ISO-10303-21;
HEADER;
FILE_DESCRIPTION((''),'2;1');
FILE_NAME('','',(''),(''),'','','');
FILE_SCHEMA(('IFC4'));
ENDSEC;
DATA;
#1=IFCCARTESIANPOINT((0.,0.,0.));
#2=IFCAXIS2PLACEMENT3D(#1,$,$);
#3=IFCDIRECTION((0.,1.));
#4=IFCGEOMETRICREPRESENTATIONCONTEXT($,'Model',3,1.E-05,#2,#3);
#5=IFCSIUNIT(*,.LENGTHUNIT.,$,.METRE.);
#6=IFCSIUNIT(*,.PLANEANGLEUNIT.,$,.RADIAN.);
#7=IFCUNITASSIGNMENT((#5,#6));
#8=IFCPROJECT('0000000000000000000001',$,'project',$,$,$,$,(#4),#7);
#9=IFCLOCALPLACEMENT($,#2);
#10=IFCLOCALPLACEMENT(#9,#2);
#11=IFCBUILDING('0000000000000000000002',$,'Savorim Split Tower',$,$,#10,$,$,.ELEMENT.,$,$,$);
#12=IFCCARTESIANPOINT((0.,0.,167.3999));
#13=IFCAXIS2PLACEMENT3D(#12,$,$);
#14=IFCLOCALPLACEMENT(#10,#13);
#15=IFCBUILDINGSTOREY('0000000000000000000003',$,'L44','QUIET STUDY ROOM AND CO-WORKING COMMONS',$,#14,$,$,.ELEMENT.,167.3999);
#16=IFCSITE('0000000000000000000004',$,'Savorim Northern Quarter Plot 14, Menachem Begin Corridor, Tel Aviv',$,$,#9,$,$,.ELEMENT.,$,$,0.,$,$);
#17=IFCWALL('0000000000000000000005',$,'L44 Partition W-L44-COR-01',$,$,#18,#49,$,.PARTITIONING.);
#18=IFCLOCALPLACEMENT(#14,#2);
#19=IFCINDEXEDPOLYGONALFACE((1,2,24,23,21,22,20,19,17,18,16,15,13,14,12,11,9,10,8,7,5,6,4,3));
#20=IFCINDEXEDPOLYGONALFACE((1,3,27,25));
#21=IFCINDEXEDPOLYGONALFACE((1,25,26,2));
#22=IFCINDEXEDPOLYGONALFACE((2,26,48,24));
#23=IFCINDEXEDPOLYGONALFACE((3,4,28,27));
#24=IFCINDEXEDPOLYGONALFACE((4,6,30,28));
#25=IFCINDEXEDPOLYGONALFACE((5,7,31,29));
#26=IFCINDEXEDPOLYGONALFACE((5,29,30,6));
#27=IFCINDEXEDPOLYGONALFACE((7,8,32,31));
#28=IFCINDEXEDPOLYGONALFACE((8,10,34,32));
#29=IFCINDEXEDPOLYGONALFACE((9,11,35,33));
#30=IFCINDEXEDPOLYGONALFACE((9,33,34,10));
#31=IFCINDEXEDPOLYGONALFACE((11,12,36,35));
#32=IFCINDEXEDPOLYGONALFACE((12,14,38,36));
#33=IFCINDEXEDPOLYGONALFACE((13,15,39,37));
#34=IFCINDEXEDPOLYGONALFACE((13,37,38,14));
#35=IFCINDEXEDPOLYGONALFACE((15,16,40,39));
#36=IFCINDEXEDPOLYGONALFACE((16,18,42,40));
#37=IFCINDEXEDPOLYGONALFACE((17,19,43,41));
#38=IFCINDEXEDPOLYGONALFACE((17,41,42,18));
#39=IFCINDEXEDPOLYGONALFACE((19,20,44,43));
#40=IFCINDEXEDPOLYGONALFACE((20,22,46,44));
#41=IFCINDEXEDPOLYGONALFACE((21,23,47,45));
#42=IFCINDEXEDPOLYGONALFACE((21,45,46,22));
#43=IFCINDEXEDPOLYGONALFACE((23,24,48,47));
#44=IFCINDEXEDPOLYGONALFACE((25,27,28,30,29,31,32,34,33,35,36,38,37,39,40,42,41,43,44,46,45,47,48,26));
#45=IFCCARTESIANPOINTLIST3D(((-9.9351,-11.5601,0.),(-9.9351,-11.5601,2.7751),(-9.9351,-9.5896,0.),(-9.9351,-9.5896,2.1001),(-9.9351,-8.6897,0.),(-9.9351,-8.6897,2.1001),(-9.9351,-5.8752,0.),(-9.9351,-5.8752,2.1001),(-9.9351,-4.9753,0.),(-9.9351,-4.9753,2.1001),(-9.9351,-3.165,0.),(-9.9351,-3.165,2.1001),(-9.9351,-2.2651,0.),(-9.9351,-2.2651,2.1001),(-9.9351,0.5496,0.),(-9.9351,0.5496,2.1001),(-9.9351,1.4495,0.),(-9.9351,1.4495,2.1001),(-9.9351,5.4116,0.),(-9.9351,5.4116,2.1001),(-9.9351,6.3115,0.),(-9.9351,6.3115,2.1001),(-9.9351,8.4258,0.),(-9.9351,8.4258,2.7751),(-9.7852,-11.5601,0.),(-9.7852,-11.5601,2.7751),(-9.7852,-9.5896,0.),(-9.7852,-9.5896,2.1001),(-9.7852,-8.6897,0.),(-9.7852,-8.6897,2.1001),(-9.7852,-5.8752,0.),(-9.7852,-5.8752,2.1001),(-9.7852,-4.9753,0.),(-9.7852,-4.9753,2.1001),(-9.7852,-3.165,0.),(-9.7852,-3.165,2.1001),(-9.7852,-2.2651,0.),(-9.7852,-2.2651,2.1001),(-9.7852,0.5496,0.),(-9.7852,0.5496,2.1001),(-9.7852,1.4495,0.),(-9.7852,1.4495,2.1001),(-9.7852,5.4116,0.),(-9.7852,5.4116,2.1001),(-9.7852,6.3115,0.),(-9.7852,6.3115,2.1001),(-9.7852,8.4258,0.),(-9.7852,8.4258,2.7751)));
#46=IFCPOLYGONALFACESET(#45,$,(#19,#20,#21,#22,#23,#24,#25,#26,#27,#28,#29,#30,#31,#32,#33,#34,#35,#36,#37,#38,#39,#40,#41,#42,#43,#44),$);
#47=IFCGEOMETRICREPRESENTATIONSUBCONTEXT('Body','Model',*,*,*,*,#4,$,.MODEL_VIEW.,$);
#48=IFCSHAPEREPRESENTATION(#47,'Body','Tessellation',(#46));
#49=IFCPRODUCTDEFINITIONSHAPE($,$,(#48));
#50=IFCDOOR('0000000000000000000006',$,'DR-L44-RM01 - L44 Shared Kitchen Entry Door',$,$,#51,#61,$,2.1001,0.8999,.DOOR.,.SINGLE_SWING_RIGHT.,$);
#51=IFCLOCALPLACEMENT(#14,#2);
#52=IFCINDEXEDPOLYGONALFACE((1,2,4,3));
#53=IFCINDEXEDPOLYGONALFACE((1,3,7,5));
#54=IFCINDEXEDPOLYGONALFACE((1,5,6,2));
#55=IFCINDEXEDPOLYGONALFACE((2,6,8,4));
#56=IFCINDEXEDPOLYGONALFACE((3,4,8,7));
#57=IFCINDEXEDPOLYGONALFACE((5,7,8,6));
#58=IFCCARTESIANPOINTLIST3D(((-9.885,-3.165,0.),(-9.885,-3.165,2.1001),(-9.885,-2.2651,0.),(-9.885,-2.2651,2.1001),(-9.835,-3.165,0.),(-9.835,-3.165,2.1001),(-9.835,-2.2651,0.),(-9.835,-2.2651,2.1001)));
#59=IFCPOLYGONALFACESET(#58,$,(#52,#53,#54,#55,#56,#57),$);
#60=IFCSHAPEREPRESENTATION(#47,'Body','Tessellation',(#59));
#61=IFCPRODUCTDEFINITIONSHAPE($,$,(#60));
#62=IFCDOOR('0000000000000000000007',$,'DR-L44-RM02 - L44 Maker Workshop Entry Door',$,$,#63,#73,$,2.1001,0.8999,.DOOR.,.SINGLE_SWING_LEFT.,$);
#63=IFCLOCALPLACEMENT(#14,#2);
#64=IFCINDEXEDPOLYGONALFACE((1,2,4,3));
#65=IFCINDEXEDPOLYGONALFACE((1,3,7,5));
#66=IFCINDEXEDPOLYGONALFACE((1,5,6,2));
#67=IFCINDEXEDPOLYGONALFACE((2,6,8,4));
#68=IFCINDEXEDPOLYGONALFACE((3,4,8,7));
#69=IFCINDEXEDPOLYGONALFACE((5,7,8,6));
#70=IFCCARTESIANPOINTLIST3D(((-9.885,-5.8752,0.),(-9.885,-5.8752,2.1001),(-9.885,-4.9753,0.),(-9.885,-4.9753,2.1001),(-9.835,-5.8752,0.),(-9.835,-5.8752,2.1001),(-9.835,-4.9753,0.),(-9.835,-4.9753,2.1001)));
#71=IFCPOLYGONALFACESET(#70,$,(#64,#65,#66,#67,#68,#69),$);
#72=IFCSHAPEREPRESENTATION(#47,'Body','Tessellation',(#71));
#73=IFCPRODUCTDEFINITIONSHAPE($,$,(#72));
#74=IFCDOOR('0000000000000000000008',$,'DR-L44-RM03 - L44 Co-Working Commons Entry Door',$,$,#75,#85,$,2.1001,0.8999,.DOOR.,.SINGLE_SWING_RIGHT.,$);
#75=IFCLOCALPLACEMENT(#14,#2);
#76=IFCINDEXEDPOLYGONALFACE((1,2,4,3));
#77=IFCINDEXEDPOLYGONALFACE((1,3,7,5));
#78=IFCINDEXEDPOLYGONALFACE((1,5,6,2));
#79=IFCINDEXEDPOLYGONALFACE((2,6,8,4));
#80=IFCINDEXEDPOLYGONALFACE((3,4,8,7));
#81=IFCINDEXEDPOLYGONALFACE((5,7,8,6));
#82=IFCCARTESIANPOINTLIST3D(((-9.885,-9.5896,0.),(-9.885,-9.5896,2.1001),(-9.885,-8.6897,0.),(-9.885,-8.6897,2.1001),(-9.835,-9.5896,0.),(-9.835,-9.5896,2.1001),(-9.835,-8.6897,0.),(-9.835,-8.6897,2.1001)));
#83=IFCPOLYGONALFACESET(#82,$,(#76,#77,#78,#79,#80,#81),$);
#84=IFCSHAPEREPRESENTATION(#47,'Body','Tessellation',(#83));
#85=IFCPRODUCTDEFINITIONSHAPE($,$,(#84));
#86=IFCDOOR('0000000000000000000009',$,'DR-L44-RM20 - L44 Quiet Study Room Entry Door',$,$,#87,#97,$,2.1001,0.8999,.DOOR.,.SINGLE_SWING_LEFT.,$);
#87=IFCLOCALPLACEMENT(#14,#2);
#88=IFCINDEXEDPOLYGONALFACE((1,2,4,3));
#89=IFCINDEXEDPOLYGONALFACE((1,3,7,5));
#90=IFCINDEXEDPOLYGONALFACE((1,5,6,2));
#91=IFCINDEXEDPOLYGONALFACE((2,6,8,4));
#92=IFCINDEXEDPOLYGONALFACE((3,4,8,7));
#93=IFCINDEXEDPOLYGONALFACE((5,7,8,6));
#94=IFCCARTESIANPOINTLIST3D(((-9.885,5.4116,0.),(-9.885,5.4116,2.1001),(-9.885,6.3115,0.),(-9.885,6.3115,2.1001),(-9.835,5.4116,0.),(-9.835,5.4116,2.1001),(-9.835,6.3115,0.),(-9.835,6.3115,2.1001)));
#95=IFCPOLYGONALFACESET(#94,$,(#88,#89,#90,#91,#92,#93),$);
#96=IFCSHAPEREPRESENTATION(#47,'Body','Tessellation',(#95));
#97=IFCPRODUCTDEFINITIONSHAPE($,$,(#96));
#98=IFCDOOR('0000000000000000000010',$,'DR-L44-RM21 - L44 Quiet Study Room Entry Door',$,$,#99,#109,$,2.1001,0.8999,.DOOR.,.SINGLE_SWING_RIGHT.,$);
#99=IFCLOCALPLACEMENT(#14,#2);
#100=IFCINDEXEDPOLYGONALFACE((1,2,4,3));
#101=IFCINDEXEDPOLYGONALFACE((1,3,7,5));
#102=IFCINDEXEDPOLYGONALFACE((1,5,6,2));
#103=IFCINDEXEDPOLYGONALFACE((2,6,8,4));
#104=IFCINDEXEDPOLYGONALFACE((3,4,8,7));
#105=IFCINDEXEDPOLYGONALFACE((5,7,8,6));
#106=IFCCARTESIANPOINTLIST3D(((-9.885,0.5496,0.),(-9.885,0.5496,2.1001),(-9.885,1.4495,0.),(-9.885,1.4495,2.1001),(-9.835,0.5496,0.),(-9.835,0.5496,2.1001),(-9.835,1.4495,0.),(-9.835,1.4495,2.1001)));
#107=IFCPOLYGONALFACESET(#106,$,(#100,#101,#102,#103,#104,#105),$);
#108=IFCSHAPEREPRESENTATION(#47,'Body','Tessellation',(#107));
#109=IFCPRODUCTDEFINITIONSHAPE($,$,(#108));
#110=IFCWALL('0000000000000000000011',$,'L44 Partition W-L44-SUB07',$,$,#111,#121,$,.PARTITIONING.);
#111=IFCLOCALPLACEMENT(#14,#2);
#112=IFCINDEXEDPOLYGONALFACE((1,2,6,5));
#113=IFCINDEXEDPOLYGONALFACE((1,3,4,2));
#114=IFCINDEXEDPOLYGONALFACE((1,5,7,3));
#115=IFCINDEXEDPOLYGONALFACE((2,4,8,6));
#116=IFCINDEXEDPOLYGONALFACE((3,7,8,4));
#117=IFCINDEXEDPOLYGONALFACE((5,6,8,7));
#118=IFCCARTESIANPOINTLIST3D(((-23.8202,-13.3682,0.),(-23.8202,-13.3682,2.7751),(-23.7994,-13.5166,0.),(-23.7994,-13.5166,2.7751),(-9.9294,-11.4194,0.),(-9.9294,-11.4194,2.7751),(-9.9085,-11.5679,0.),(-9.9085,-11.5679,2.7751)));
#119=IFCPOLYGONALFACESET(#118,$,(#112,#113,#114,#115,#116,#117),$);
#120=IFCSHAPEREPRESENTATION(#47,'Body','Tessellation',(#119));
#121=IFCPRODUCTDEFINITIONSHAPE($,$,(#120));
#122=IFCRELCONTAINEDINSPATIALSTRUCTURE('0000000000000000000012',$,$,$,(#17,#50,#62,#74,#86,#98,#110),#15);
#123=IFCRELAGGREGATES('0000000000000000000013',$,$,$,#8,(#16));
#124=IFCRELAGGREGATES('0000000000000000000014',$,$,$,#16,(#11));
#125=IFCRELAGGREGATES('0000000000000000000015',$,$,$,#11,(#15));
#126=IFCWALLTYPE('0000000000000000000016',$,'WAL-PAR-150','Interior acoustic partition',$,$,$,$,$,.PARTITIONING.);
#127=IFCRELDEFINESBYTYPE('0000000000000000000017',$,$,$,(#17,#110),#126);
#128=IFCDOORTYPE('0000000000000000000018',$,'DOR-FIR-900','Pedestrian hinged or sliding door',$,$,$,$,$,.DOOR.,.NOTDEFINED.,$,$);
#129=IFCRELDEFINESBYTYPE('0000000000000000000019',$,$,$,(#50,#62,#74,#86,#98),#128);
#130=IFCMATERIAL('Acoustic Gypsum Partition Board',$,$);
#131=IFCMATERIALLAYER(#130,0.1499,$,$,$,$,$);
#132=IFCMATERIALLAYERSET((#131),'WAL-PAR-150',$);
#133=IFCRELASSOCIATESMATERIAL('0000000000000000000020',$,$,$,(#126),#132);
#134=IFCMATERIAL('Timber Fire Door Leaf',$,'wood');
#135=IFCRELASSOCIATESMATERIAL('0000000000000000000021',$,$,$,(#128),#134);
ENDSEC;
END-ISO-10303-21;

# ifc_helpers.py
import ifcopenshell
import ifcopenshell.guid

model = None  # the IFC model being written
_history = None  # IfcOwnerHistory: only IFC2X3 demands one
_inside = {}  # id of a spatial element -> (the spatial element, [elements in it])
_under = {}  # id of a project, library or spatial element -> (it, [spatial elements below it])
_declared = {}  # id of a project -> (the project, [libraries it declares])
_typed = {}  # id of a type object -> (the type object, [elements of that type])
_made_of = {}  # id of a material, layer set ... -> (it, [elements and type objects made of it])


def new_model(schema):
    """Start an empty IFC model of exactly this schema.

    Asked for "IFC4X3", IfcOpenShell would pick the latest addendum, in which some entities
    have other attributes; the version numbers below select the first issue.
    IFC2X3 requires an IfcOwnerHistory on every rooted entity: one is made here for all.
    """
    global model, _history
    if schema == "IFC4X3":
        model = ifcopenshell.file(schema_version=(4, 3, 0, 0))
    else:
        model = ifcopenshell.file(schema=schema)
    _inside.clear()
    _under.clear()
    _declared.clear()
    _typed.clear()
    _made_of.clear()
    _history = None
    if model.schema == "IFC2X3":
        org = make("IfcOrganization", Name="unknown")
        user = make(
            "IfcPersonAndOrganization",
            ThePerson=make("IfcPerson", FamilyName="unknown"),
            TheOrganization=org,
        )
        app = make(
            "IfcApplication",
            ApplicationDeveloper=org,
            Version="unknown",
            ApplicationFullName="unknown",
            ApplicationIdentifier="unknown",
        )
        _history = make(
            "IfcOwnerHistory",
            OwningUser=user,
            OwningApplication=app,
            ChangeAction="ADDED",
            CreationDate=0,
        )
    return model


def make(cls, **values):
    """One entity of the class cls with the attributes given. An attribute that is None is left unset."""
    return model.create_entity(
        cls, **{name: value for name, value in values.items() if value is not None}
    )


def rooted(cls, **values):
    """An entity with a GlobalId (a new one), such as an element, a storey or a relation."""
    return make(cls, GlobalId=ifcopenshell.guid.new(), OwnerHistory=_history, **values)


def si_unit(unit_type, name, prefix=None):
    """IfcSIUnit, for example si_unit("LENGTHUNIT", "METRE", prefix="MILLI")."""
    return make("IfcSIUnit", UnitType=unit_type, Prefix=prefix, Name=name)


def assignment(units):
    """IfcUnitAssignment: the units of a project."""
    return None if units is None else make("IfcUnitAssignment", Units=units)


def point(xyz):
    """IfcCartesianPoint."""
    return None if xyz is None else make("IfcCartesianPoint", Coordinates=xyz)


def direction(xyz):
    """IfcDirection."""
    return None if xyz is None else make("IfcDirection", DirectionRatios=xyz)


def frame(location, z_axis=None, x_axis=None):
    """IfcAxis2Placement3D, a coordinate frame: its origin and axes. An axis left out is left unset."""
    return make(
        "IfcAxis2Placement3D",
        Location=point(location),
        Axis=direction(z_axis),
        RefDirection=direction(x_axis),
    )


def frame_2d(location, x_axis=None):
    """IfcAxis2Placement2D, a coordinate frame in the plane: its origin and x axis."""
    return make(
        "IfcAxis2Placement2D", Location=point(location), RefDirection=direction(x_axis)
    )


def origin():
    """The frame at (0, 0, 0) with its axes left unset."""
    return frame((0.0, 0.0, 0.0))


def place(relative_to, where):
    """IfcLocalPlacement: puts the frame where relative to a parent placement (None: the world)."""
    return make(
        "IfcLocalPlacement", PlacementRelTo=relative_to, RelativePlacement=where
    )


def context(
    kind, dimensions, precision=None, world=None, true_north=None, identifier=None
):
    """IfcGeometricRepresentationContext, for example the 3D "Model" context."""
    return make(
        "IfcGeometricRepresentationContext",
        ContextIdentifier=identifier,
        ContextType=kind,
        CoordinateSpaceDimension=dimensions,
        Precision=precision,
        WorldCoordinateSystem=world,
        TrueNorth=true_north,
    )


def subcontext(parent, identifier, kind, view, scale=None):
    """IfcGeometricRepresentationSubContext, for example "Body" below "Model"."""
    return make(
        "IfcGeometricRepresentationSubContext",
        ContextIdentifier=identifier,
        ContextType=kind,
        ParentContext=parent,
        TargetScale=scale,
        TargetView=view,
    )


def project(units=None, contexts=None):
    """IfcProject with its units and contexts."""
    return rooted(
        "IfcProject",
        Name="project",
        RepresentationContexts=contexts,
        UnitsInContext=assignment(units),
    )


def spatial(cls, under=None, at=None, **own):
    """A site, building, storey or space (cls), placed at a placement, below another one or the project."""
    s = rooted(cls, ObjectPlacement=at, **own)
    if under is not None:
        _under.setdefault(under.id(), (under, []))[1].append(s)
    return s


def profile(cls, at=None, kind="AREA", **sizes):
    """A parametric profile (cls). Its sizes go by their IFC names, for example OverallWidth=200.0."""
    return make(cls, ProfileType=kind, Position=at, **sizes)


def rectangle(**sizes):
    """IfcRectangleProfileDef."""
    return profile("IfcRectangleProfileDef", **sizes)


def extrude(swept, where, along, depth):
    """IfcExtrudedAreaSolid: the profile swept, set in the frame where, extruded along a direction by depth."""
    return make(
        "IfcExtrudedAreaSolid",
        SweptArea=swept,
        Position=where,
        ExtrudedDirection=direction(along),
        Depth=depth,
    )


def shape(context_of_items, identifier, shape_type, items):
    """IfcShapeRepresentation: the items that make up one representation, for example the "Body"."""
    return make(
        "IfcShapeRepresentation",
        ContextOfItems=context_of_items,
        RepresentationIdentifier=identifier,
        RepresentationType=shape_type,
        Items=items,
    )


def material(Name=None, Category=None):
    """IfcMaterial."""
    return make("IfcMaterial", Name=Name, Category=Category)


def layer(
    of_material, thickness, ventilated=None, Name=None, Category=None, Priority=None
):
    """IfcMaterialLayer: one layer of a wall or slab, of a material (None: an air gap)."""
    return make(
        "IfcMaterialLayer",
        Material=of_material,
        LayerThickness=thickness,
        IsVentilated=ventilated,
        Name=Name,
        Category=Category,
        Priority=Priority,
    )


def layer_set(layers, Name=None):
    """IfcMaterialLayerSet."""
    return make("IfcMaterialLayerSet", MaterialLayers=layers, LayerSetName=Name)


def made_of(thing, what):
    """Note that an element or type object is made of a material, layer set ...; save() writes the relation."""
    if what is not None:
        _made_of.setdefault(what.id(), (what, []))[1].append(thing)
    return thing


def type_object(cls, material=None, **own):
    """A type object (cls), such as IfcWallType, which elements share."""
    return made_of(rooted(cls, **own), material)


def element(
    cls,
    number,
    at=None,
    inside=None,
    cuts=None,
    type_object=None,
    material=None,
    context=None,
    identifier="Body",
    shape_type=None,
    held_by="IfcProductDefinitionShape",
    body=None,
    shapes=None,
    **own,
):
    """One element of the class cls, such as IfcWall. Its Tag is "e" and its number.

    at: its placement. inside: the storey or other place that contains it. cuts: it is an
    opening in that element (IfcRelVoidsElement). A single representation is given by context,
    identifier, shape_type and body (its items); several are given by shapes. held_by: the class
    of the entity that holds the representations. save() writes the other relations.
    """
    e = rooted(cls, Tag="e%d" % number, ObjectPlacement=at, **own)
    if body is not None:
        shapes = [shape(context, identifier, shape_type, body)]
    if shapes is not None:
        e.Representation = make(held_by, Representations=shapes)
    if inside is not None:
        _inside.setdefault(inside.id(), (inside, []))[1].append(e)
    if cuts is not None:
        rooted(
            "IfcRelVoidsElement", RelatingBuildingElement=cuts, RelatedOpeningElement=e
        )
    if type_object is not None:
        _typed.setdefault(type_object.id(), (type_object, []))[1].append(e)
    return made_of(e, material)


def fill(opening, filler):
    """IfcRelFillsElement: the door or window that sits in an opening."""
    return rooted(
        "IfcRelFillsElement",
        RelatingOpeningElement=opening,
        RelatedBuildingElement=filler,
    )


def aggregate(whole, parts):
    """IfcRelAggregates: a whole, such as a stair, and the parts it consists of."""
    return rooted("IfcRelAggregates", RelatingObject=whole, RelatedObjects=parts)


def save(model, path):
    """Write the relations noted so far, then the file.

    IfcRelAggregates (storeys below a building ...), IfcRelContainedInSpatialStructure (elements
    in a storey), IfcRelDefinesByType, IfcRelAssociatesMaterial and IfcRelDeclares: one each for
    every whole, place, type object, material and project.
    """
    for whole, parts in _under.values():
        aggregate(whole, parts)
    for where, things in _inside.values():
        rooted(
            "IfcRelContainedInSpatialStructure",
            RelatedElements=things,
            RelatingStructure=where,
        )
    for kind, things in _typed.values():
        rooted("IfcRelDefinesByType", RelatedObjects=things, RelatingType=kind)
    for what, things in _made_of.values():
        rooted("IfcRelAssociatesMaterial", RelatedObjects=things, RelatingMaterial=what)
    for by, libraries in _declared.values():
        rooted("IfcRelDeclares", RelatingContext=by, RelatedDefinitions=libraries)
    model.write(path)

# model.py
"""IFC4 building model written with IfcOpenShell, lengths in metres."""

from ifc_helpers import new_model, si_unit, direction, frame, frame_2d, origin, place, context, subcontext, project, spatial, rectangle, extrude, material, layer, layer_set, type_object, element, fill, save


model = new_model("IFC4")

# Units and contexts
model_context = context("Model", 3, precision=1e-05, world=origin(), true_north=direction((0.0, 1.0)))
body_context = subcontext(model_context, "Body", "Model", "MODEL_VIEW")
ifc_project = project(units=[si_unit("LENGTHUNIT", "METRE"), si_unit("PLANEANGLEUNIT", "RADIAN")], contexts=[model_context])

# Site, building, storey
site_placement = place(None, origin())
site = spatial("IfcSite", under=ifc_project, at=site_placement, Name="Savorim Northern Quarter Plot 14, Menachem Begin Corridor, Tel Aviv", CompositionType="ELEMENT", RefElevation=0.0)
building_placement = place(site_placement, origin())
building = spatial("IfcBuilding", under=site, at=building_placement, Name="Savorim Split Tower", CompositionType="ELEMENT")
storey_placement = place(building_placement, frame((0.0, 0.0, 167.3999)))
storey = spatial("IfcBuildingStorey", under=building, at=storey_placement, Name="L44", Description="QUIET STUDY ROOM AND CO-WORKING COMMONS", CompositionType="ELEMENT", Elevation=167.3999)

# Shared definitions
ifc_material_1 = material(Name="Timber Fire Door Leaf", Category="wood")

# Shared definitions
ifc_material_2 = material(Name="Acoustic Gypsum Partition Board")
ifc_layer_1 = layer(ifc_material_2, 0.1499)
ifc_layer_set_1 = layer_set([ifc_layer_1], Name="WAL-PAR-150")
wall_type_1 = type_object("IfcWallType", Name="WAL-PAR-150", Description="Interior acoustic partition", PredefinedType="PARTITIONING", material=ifc_layer_set_1)

# Wall, openings, doors
wall_1_placement = place(storey_placement, frame((-9.8601, -11.5601, 0.0), z_axis=(0.0, 0.0, 1.0), x_axis=(0.0, 1.0, 0.0)))
wall_1 = element("IfcWall", 1, at=wall_1_placement, inside=storey, type_object=wall_type_1, Name="L44 Partition W-L44-COR-01", PredefinedType="PARTITIONING", context=body_context, shape_type="SweptSolid", body=[
    extrude(rectangle(XDim=19.9858, YDim=0.1499, at=frame_2d((9.9929, 0.0))), origin(), (0.0, 0.0, 1.0), 2.7751),
])
opening_1_placement = place(wall_1_placement, frame((8.395, 0.0, 0.0)))
opening_1 = element("IfcOpeningElement", 2, at=opening_1_placement, cuts=wall_1, PredefinedType="OPENING", context=body_context, shape_type="SweptSolid", body=[
    extrude(rectangle(XDim=0.8999, YDim=2.1001, at=frame_2d((0.45, 1.05))), frame((0.0, 0.085, 0.0), z_axis=(0.0, -1.0, 0.0), x_axis=(1.0, 0.0, 0.0)), (0.0, 0.0, 1.0), 0.1699),
])
opening_2_placement = place(wall_1_placement, frame((5.6848, 0.0, 0.0)))
opening_2 = element("IfcOpeningElement", 3, at=opening_2_placement, cuts=wall_1, PredefinedType="OPENING", context=body_context, shape_type="SweptSolid", body=[
    extrude(rectangle(XDim=0.8999, YDim=2.1001, at=frame_2d((0.45, 1.05))), frame((0.0, 0.085, 0.0), z_axis=(0.0, -1.0, 0.0), x_axis=(1.0, 0.0, 0.0)), (0.0, 0.0, 1.0), 0.1699),
])
opening_3_placement = place(wall_1_placement, frame((1.9705, 0.0, 0.0)))
opening_3 = element("IfcOpeningElement", 4, at=opening_3_placement, cuts=wall_1, PredefinedType="OPENING", context=body_context, shape_type="SweptSolid", body=[
    extrude(rectangle(XDim=0.8999, YDim=2.1001, at=frame_2d((0.45, 1.05))), frame((0.0, 0.085, 0.0), z_axis=(0.0, -1.0, 0.0), x_axis=(1.0, 0.0, 0.0)), (0.0, 0.0, 1.0), 0.1699),
])
opening_4_placement = place(wall_1_placement, frame((16.9717, 0.0, 0.0)))
opening_4 = element("IfcOpeningElement", 5, at=opening_4_placement, cuts=wall_1, PredefinedType="OPENING", context=body_context, shape_type="SweptSolid", body=[
    extrude(rectangle(XDim=0.8999, YDim=2.1001, at=frame_2d((0.45, 1.05))), frame((0.0, 0.085, 0.0), z_axis=(0.0, -1.0, 0.0), x_axis=(1.0, 0.0, 0.0)), (0.0, 0.0, 1.0), 0.1699),
])
opening_5_placement = place(wall_1_placement, frame((12.1096, 0.0, 0.0)))
opening_5 = element("IfcOpeningElement", 6, at=opening_5_placement, cuts=wall_1, PredefinedType="OPENING", context=body_context, shape_type="SweptSolid", body=[
    extrude(rectangle(XDim=0.8999, YDim=2.1001, at=frame_2d((0.45, 1.05))), frame((0.0, 0.085, 0.0), z_axis=(0.0, -1.0, 0.0), x_axis=(1.0, 0.0, 0.0)), (0.0, 0.0, 1.0), 0.1699),
])
door_type_1 = type_object("IfcDoorType", Name="DOR-FIR-900", Description="Pedestrian hinged or sliding door", OperationType="NOTDEFINED", PredefinedType="DOOR", material=ifc_material_1)
door_1_placement = place(opening_1_placement, origin())
door_1 = element("IfcDoor", 7, at=door_1_placement, inside=storey, type_object=door_type_1, Name="DR-L44-RM01 - L44 Shared Kitchen Entry Door", OperationType="SINGLE_SWING_RIGHT", OverallHeight=2.1001, OverallWidth=0.8999, PredefinedType="DOOR", context=body_context, shape_type="SweptSolid", body=[
    extrude(rectangle(XDim=0.8999, YDim=2.1001, at=frame_2d((0.45, 1.05))), frame((0.0, 0.0249, 0.0), z_axis=(0.0, -1.0, 0.0), x_axis=(1.0, 0.0, 0.0)), (0.0, 0.0, 1.0), 0.05),
])
fill(opening_1, door_1)
door_2_placement = place(opening_2_placement, origin())
door_2 = element("IfcDoor", 8, at=door_2_placement, inside=storey, type_object=door_type_1, Name="DR-L44-RM02 - L44 Maker Workshop Entry Door", OperationType="SINGLE_SWING_LEFT", OverallHeight=2.1001, OverallWidth=0.8999, PredefinedType="DOOR", context=body_context, shape_type="SweptSolid", body=[
    extrude(rectangle(XDim=0.8999, YDim=2.1001, at=frame_2d((0.45, 1.05))), frame((0.0, 0.0249, 0.0), z_axis=(0.0, -1.0, 0.0), x_axis=(1.0, 0.0, 0.0)), (0.0, 0.0, 1.0), 0.05),
])
fill(opening_2, door_2)
door_3_placement = place(opening_3_placement, origin())
door_3 = element("IfcDoor", 9, at=door_3_placement, inside=storey, type_object=door_type_1, Name="DR-L44-RM03 - L44 Co-Working Commons Entry Door", OperationType="SINGLE_SWING_RIGHT", OverallHeight=2.1001, OverallWidth=0.8999, PredefinedType="DOOR", context=body_context, shape_type="SweptSolid", body=[
    extrude(rectangle(XDim=0.8999, YDim=2.1001, at=frame_2d((0.45, 1.05))), frame((0.0, 0.0249, 0.0), z_axis=(0.0, -1.0, 0.0), x_axis=(1.0, 0.0, 0.0)), (0.0, 0.0, 1.0), 0.05),
])
fill(opening_3, door_3)
door_4_placement = place(opening_4_placement, origin())
door_4 = element("IfcDoor", 10, at=door_4_placement, inside=storey, type_object=door_type_1, Name="DR-L44-RM20 - L44 Quiet Study Room Entry Door", OperationType="SINGLE_SWING_LEFT", OverallHeight=2.1001, OverallWidth=0.8999, PredefinedType="DOOR", context=body_context, shape_type="SweptSolid", body=[
    extrude(rectangle(XDim=0.8999, YDim=2.1001, at=frame_2d((0.45, 1.05))), frame((0.0, 0.0249, 0.0), z_axis=(0.0, -1.0, 0.0), x_axis=(1.0, 0.0, 0.0)), (0.0, 0.0, 1.0), 0.05),
])
fill(opening_4, door_4)
door_5_placement = place(opening_5_placement, origin())
door_5 = element("IfcDoor", 11, at=door_5_placement, inside=storey, type_object=door_type_1, Name="DR-L44-RM21 - L44 Quiet Study Room Entry Door", OperationType="SINGLE_SWING_RIGHT", OverallHeight=2.1001, OverallWidth=0.8999, PredefinedType="DOOR", context=body_context, shape_type="SweptSolid", body=[
    extrude(rectangle(XDim=0.8999, YDim=2.1001, at=frame_2d((0.45, 1.05))), frame((0.0, 0.0249, 0.0), z_axis=(0.0, -1.0, 0.0), x_axis=(1.0, 0.0, 0.0)), (0.0, 0.0, 1.0), 0.05),
])
fill(opening_5, door_5)

# Wall
wall_2_placement = place(storey_placement, frame((-9.9189, -11.4937, 0.0), z_axis=(0.0, 0.0, 1.0), x_axis=(-0.990302, -0.138928, 0.0)))
element("IfcWall", 12, at=wall_2_placement, inside=storey, type_object=wall_type_1, Name="L44 Partition W-L44-SUB07", PredefinedType="PARTITIONING", context=body_context, shape_type="SweptSolid", body=[
    extrude(rectangle(XDim=14.0269, YDim=0.1499, at=frame_2d((7.0134, 0.0))), origin(), (0.0, 0.0, 1.0), 2.7751),
])

save(model, "model.ifc")
